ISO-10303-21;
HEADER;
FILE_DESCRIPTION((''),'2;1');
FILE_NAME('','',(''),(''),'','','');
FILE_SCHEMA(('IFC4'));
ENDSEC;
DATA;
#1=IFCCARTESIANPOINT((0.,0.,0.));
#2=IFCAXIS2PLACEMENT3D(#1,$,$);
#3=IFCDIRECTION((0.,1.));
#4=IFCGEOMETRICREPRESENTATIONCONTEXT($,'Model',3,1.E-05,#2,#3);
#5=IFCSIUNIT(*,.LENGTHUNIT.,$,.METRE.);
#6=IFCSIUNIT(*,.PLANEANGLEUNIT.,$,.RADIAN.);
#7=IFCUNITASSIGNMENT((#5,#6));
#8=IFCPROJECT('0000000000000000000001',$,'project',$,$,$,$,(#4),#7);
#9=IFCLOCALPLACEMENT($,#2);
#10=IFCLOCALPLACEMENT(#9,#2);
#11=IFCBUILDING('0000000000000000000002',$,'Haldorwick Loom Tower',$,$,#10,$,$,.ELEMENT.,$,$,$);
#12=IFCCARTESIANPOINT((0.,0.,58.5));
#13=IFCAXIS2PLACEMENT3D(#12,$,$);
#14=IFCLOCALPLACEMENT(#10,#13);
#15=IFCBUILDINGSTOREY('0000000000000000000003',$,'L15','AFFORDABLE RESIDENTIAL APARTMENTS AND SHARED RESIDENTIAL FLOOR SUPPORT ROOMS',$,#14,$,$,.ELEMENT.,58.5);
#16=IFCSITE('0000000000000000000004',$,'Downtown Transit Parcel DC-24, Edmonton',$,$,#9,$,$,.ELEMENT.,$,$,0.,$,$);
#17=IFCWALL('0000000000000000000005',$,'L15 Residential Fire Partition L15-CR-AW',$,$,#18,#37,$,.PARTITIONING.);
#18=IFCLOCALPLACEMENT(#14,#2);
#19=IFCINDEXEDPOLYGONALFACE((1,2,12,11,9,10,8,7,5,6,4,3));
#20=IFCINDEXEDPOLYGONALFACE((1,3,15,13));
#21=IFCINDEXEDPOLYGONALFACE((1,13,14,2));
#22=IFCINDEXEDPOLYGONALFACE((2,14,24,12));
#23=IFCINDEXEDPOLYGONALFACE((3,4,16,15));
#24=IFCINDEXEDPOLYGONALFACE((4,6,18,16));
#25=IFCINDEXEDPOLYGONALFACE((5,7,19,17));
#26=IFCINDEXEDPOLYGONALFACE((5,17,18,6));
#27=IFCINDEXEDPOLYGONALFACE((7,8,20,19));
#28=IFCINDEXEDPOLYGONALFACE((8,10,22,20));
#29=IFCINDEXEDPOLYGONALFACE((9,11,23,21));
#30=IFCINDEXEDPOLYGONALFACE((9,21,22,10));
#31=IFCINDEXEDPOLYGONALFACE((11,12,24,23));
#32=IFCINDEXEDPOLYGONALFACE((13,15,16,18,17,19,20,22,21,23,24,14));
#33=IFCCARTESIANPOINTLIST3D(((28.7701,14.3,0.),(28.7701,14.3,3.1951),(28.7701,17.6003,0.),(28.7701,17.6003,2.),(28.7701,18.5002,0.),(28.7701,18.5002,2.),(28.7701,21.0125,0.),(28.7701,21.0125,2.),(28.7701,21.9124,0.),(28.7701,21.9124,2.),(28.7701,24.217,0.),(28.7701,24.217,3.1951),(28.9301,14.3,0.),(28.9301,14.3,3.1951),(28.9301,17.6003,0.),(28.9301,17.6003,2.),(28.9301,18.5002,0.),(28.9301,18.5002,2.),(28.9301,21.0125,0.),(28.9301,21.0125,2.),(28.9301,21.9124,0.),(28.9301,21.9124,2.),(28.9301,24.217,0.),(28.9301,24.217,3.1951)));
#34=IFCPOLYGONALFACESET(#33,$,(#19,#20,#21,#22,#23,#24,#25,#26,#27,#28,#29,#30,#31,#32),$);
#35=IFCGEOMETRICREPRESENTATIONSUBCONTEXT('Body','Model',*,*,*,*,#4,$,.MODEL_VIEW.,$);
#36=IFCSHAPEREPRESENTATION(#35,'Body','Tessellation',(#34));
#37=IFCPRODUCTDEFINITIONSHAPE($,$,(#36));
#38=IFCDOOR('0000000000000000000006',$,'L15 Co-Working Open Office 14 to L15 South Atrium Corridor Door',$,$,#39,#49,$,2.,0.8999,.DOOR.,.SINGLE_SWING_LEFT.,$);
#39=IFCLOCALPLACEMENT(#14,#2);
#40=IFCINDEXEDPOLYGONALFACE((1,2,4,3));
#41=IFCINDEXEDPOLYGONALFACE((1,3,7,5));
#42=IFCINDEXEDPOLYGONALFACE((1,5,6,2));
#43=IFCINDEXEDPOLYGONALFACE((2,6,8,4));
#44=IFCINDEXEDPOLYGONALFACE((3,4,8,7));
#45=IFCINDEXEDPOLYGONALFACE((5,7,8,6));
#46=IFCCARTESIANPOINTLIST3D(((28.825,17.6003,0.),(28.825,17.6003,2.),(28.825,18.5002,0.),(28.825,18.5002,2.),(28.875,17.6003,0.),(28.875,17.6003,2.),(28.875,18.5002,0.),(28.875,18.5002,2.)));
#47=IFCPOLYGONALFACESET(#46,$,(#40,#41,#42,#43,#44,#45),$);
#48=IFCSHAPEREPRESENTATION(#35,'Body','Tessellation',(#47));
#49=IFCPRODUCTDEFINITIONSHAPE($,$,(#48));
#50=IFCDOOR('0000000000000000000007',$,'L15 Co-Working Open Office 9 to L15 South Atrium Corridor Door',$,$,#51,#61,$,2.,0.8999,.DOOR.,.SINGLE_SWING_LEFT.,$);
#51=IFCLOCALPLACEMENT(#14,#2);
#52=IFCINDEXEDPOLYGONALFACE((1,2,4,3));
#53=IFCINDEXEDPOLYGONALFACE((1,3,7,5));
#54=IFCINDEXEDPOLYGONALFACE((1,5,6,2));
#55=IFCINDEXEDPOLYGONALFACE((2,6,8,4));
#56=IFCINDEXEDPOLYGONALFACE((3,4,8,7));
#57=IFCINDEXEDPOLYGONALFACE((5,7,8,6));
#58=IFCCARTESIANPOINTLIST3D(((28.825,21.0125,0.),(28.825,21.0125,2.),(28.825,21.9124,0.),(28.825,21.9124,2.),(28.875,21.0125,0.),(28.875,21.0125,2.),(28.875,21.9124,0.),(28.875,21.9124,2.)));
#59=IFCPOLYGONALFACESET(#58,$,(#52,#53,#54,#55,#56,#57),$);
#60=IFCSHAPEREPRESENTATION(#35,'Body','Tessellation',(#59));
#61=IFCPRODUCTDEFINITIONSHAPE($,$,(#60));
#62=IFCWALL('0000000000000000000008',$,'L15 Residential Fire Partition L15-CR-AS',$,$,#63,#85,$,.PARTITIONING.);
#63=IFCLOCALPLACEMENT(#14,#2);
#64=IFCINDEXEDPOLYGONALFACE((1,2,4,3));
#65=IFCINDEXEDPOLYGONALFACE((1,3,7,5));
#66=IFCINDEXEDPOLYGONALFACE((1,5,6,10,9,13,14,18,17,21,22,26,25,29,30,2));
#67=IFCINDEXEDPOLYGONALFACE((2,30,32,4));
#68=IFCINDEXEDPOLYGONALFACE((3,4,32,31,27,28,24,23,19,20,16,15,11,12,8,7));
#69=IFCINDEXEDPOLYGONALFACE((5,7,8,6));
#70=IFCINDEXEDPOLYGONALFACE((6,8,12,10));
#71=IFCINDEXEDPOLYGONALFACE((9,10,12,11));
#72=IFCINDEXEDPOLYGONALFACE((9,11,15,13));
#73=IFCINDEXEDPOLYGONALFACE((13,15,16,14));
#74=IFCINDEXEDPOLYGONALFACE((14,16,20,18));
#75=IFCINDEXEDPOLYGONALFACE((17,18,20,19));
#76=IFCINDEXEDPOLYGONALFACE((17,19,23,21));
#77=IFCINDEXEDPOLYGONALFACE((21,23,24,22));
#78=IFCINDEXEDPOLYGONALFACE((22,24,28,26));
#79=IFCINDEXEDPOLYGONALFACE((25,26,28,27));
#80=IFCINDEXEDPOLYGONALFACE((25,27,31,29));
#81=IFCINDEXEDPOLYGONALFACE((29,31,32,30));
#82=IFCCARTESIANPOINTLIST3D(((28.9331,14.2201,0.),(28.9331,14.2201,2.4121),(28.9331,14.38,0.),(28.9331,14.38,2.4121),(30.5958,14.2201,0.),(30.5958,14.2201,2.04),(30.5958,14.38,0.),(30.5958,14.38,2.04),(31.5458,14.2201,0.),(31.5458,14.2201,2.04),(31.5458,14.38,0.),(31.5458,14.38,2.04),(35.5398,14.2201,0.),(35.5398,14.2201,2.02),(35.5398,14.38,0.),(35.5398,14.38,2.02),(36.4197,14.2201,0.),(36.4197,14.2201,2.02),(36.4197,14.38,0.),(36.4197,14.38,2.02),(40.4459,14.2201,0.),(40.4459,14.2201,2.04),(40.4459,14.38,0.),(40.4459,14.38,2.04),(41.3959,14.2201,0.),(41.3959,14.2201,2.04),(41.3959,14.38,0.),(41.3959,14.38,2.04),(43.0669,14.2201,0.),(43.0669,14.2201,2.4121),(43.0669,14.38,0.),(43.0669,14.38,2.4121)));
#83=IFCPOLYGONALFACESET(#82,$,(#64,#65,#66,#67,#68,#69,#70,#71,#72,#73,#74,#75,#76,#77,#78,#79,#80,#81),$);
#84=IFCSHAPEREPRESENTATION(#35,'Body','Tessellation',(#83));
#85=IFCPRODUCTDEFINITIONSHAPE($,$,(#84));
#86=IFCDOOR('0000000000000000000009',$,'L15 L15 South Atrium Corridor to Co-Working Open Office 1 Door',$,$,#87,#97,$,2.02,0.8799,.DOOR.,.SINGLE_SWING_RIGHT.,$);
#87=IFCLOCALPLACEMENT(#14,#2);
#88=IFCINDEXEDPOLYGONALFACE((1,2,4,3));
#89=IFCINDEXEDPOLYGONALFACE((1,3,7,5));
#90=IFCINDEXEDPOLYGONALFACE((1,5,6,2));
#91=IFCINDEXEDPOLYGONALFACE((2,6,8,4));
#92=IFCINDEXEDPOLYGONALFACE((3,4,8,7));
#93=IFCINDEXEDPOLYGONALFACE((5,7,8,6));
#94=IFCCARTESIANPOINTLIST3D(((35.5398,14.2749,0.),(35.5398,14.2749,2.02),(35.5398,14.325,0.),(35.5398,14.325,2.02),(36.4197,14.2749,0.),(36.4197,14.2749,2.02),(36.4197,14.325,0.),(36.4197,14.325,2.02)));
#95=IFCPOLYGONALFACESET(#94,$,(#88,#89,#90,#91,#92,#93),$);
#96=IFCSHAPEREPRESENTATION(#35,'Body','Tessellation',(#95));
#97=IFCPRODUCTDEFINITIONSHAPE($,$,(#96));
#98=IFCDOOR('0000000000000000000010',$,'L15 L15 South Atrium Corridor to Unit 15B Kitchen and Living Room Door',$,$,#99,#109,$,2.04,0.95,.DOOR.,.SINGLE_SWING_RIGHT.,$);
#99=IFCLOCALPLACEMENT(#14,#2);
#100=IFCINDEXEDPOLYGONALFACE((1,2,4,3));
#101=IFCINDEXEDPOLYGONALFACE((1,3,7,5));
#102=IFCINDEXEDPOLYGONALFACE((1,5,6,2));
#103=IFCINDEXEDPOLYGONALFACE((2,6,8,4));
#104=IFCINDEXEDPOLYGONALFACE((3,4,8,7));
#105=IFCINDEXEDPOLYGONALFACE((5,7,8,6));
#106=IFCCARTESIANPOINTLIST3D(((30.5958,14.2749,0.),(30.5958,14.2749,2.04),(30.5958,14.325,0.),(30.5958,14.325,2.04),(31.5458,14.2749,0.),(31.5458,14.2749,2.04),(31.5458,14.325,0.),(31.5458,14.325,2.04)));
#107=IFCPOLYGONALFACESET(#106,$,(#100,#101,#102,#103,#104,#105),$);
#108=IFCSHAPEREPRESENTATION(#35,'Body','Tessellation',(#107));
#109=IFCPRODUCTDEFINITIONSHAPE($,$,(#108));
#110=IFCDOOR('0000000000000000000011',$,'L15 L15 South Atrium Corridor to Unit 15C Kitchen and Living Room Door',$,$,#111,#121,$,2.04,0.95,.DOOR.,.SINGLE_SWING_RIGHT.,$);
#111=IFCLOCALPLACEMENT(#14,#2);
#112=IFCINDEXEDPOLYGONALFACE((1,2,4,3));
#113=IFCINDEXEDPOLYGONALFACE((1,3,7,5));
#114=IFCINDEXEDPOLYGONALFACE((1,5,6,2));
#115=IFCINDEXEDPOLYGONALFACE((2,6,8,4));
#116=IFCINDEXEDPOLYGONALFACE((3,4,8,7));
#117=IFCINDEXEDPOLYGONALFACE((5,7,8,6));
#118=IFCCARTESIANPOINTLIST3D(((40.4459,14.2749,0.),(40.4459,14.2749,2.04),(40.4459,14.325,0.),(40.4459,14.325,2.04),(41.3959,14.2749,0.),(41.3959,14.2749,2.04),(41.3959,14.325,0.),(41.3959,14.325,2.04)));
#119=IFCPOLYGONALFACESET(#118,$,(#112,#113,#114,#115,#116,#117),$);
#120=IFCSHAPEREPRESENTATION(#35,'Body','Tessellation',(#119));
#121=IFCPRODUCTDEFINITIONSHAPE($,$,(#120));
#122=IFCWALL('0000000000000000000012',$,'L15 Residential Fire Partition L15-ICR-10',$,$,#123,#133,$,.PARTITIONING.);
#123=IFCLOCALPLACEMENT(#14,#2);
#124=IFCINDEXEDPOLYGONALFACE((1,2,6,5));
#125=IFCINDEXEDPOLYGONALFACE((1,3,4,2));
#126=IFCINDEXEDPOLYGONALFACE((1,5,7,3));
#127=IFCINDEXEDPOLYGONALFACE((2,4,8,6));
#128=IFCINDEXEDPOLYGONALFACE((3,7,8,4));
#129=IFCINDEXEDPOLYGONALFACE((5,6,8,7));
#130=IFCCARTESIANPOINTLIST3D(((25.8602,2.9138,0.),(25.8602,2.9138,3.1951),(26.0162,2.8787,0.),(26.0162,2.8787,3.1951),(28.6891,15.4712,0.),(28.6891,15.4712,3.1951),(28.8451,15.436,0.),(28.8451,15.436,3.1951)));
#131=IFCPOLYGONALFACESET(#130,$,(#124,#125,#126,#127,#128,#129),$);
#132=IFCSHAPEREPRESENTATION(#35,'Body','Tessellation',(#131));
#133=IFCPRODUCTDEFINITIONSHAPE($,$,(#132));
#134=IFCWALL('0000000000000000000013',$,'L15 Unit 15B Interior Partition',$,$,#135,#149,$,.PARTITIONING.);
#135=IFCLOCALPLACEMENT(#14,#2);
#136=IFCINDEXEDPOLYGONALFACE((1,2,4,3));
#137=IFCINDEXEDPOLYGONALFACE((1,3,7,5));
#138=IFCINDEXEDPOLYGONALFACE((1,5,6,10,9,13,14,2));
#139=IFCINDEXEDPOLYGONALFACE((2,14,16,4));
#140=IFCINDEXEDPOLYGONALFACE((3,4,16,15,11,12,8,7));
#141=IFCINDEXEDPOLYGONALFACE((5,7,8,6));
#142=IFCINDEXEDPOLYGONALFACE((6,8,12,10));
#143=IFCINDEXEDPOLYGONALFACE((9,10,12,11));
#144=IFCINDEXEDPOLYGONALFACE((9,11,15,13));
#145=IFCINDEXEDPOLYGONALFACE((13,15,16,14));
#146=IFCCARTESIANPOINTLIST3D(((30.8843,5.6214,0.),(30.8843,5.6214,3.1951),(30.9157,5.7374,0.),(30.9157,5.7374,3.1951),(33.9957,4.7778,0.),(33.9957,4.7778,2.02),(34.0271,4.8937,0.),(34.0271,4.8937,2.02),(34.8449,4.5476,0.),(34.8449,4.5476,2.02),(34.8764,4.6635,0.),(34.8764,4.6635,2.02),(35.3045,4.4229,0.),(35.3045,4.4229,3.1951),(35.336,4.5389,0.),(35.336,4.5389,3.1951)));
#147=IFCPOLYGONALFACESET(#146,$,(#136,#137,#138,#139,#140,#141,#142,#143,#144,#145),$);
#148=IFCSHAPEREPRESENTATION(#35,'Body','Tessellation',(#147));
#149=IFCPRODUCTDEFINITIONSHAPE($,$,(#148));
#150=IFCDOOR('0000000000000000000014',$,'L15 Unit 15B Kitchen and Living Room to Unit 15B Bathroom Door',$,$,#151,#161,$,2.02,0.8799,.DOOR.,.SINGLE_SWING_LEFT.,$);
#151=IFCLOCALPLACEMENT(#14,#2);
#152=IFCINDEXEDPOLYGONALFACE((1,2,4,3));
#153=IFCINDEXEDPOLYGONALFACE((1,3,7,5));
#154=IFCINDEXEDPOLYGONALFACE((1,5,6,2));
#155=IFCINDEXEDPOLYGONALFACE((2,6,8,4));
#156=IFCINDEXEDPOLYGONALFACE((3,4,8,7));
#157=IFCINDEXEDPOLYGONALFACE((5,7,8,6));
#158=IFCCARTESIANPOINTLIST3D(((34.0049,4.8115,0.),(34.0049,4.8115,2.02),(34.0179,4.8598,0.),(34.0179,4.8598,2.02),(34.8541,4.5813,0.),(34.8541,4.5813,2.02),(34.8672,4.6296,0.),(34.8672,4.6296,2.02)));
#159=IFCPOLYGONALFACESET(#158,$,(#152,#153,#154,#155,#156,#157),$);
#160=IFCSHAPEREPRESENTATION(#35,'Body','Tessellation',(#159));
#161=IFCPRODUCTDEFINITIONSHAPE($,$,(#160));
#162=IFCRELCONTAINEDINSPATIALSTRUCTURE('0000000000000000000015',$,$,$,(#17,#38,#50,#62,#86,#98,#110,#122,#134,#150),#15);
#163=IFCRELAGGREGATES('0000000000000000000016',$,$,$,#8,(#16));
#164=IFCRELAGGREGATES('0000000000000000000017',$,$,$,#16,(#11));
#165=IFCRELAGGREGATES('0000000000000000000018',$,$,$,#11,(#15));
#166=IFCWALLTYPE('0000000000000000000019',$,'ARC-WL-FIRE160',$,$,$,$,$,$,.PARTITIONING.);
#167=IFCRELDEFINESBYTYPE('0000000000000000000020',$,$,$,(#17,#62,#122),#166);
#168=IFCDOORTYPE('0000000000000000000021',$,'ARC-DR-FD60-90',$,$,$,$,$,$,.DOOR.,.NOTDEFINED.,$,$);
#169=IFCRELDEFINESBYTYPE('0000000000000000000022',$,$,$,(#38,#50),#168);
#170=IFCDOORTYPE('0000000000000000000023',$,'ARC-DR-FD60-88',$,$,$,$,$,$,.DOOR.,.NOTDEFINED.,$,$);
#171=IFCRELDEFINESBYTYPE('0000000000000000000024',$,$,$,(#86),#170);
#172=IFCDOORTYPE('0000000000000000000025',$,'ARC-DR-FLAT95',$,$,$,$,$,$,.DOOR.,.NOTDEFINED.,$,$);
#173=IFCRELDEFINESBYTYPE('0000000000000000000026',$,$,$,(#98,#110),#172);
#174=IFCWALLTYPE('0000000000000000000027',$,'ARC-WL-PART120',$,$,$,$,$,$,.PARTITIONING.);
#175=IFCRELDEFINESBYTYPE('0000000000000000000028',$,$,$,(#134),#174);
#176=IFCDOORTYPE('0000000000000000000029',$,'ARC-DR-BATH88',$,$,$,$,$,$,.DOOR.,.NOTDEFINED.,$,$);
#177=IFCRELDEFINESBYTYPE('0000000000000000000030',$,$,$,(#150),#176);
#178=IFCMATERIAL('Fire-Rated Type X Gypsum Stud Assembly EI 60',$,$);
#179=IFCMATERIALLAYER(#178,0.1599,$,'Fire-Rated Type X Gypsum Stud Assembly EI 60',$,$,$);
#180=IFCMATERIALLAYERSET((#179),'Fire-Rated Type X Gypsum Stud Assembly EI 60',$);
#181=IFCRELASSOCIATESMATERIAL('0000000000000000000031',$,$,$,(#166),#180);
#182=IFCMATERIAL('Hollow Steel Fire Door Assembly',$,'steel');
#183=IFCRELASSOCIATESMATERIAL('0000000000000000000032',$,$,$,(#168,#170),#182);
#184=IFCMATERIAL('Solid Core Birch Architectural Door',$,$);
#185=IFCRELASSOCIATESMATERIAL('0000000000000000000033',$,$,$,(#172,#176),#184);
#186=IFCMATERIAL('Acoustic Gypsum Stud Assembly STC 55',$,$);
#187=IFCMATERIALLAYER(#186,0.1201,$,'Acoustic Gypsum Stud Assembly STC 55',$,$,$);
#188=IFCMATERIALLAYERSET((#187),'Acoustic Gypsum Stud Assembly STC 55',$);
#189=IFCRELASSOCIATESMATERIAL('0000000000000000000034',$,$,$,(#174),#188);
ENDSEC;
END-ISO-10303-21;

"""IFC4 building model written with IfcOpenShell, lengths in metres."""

from ifc_helpers import new_model, si_unit, direction, frame, frame_2d, origin, place, context, subcontext, project, spatial, rectangle, extrude, material, layer, layer_set, type_object, element, fill, save


model = new_model("IFC4")

# Units and contexts
model_context = context("Model", 3, precision=1e-05, world=origin(), true_north=direction((0.0, 1.0)))
body_context = subcontext(model_context, "Body", "Model", "MODEL_VIEW")
ifc_project = project(units=[si_unit("LENGTHUNIT", "METRE"), si_unit("PLANEANGLEUNIT", "RADIAN")], contexts=[model_context])

# Site, building, storey
site_placement = place(None, origin())
site = spatial("IfcSite", under=ifc_project, at=site_placement, Name="Downtown Transit Parcel DC-24, Edmonton", CompositionType="ELEMENT", RefElevation=0.0)
building_placement = place(site_placement, origin())
building = spatial("IfcBuilding", under=site, at=building_placement, Name="Haldorwick Loom Tower", CompositionType="ELEMENT")
storey_placement = place(building_placement, frame((0.0, 0.0, 58.5)))
storey = spatial("IfcBuildingStorey", under=building, at=storey_placement, Name="L15", Description="AFFORDABLE RESIDENTIAL APARTMENTS AND SHARED RESIDENTIAL FLOOR SUPPORT ROOMS", CompositionType="ELEMENT", Elevation=58.5)

# Walls, openings, doors
ifc_material_1 = material(Name="Fire-Rated Type X Gypsum Stud Assembly EI 60")
ifc_layer_1 = layer(ifc_material_1, 0.1599, Name="Fire-Rated Type X Gypsum Stud Assembly EI 60")
ifc_layer_set_1 = layer_set([ifc_layer_1], Name="Fire-Rated Type X Gypsum Stud Assembly EI 60")
wall_type_1 = type_object("IfcWallType", Name="ARC-WL-FIRE160", PredefinedType="PARTITIONING", material=ifc_layer_set_1)
wall_1_placement = place(storey_placement, frame((28.8501, 14.3, 0.0), z_axis=(0.0, 0.0, 1.0), x_axis=(0.0, 1.0, 0.0)))
wall_1 = element("IfcWall", 1, at=wall_1_placement, inside=storey, type_object=wall_type_1, Name="L15 Residential Fire Partition L15-CR-AW", PredefinedType="PARTITIONING", context=body_context, shape_type="SweptSolid", body=[
    extrude(rectangle(XDim=9.917, YDim=0.1599, at=frame_2d((4.9585, 0.0))), origin(), (0.0, 0.0, 1.0), 3.1951),
])
opening_1_placement = place(wall_1_placement, frame((3.3003, 0.0, 0.0)))
opening_1 = element("IfcOpeningElement", 2, at=opening_1_placement, cuts=wall_1, PredefinedType="OPENING", context=body_context, shape_type="SweptSolid", body=[
    extrude(rectangle(XDim=0.8999, YDim=2.0, at=frame_2d((0.45, 1.0))), frame((0.0, 0.0898, 0.0), z_axis=(0.0, -1.0, 0.0), x_axis=(1.0, 0.0, 0.0)), (0.0, 0.0, 1.0), 0.1799),
])
opening_2_placement = place(wall_1_placement, frame((6.7124, 0.0, 0.0)))
opening_2 = element("IfcOpeningElement", 3, at=opening_2_placement, cuts=wall_1, PredefinedType="OPENING", context=body_context, shape_type="SweptSolid", body=[
    extrude(rectangle(XDim=0.8999, YDim=2.0, at=frame_2d((0.45, 1.0))), frame((0.0, 0.0898, 0.0), z_axis=(0.0, -1.0, 0.0), x_axis=(1.0, 0.0, 0.0)), (0.0, 0.0, 1.0), 0.1799),
])
ifc_material_2 = material(Name="Hollow Steel Fire Door Assembly", Category="steel")
door_type_1 = type_object("IfcDoorType", Name="ARC-DR-FD60-90", OperationType="NOTDEFINED", PredefinedType="DOOR", material=ifc_material_2)
door_1_placement = place(opening_1_placement, frame((0.8999, 0.0, 0.0), z_axis=(0.0, 0.0, 1.0), x_axis=(-1.0, 0.0, 0.0)))
door_1 = element("IfcDoor", 4, at=door_1_placement, inside=storey, type_object=door_type_1, Name="L15 Co-Working Open Office 14 to L15 South Atrium Corridor Door", OperationType="SINGLE_SWING_LEFT", OverallHeight=2.0, OverallWidth=0.8999, PredefinedType="DOOR", context=body_context, shape_type="SweptSolid", body=[
    extrude(rectangle(XDim=0.8999, YDim=2.0, at=frame_2d((0.45, 1.0))), frame((0.0, 0.0249, 0.0), z_axis=(0.0, -1.0, 0.0), x_axis=(1.0, 0.0, 0.0)), (0.0, 0.0, 1.0), 0.05),
])
fill(opening_1, door_1)
door_2_placement = place(opening_2_placement, frame((0.8999, 0.0, 0.0), z_axis=(0.0, 0.0, 1.0), x_axis=(-1.0, 0.0, 0.0)))
door_2 = element("IfcDoor", 5, at=door_2_placement, inside=storey, type_object=door_type_1, Name="L15 Co-Working Open Office 9 to L15 South Atrium Corridor Door", OperationType="SINGLE_SWING_LEFT", OverallHeight=2.0, OverallWidth=0.8999, PredefinedType="DOOR", context=body_context, shape_type="SweptSolid", body=[
    extrude(rectangle(XDim=0.8999, YDim=2.0, at=frame_2d((0.45, 1.0))), frame((0.0, 0.0249, 0.0), z_axis=(0.0, -1.0, 0.0), x_axis=(1.0, 0.0, 0.0)), (0.0, 0.0, 1.0), 0.05),
])
fill(opening_2, door_2)
wall_2_placement = place(storey_placement, frame((28.9331, 14.3, 0.0), z_axis=(0.0, 0.0, 1.0), x_axis=(1.0, 0.0, 0.0)))
wall_2 = element("IfcWall", 6, at=wall_2_placement, inside=storey, type_object=wall_type_1, Name="L15 Residential Fire Partition L15-CR-AS", PredefinedType="PARTITIONING", context=body_context, shape_type="SweptSolid", body=[
    extrude(rectangle(XDim=14.1338, YDim=0.1599, at=frame_2d((7.0669, 0.0))), origin(), (0.0, 0.0, 1.0), 2.4121),
])
opening_3_placement = place(wall_2_placement, frame((6.6067, 0.0, 0.0)))
opening_3 = element("IfcOpeningElement", 7, at=opening_3_placement, cuts=wall_2, PredefinedType="OPENING", context=body_context, shape_type="SweptSolid", body=[
    extrude(rectangle(XDim=0.8799, YDim=2.02, at=frame_2d((0.4399, 1.01))), frame((0.0, 0.0898, 0.0), z_axis=(0.0, -1.0, 0.0), x_axis=(1.0, 0.0, 0.0)), (0.0, 0.0, 1.0), 0.1799),
])
opening_4_placement = place(wall_2_placement, frame((1.6626, 0.0, 0.0)))
opening_4 = element("IfcOpeningElement", 8, at=opening_4_placement, cuts=wall_2, PredefinedType="OPENING", context=body_context, shape_type="SweptSolid", body=[
    extrude(rectangle(XDim=0.95, YDim=2.04, at=frame_2d((0.4751, 1.02))), frame((0.0, 0.0898, 0.0), z_axis=(0.0, -1.0, 0.0), x_axis=(1.0, 0.0, 0.0)), (0.0, 0.0, 1.0), 0.1799),
])
opening_5_placement = place(wall_2_placement, frame((11.5127, 0.0, 0.0)))
opening_5 = element("IfcOpeningElement", 9, at=opening_5_placement, cuts=wall_2, PredefinedType="OPENING", context=body_context, shape_type="SweptSolid", body=[
    extrude(rectangle(XDim=0.95, YDim=2.04, at=frame_2d((0.4751, 1.02))), frame((0.0, 0.0898, 0.0), z_axis=(0.0, -1.0, 0.0), x_axis=(1.0, 0.0, 0.0)), (0.0, 0.0, 1.0), 0.1799),
])
door_type_2 = type_object("IfcDoorType", Name="ARC-DR-FD60-88", OperationType="NOTDEFINED", PredefinedType="DOOR", material=ifc_material_2)
door_3_placement = place(opening_3_placement, origin())
door_3 = element("IfcDoor", 10, at=door_3_placement, inside=storey, type_object=door_type_2, Name="L15 L15 South Atrium Corridor to Co-Working Open Office 1 Door", OperationType="SINGLE_SWING_RIGHT", OverallHeight=2.02, OverallWidth=0.8799, PredefinedType="DOOR", context=body_context, shape_type="SweptSolid", body=[
    extrude(rectangle(XDim=0.8799, YDim=2.02, at=frame_2d((0.4399, 1.01))), frame((0.0, 0.0249, 0.0), z_axis=(0.0, -1.0, 0.0), x_axis=(1.0, 0.0, 0.0)), (0.0, 0.0, 1.0), 0.05),
])
fill(opening_3, door_3)
ifc_material_3 = material(Name="Solid Core Birch Architectural Door")
door_type_3 = type_object("IfcDoorType", Name="ARC-DR-FLAT95", OperationType="NOTDEFINED", PredefinedType="DOOR", material=ifc_material_3)
door_4_placement = place(opening_4_placement, origin())
door_4 = element("IfcDoor", 11, at=door_4_placement, inside=storey, type_object=door_type_3, Name="L15 L15 South Atrium Corridor to Unit 15B Kitchen and Living Room Door", OperationType="SINGLE_SWING_RIGHT", OverallHeight=2.04, OverallWidth=0.95, PredefinedType="DOOR", context=body_context, shape_type="SweptSolid", body=[
    extrude(rectangle(XDim=0.95, YDim=2.04, at=frame_2d((0.4751, 1.02))), frame((0.0, 0.0249, 0.0), z_axis=(0.0, -1.0, 0.0), x_axis=(1.0, 0.0, 0.0)), (0.0, 0.0, 1.0), 0.05),
])
fill(opening_4, door_4)
door_5_placement = place(opening_5_placement, origin())
door_5 = element("IfcDoor", 12, at=door_5_placement, inside=storey, type_object=door_type_3, Name="L15 L15 South Atrium Corridor to Unit 15C Kitchen and Living Room Door", OperationType="SINGLE_SWING_RIGHT", OverallHeight=2.04, OverallWidth=0.95, PredefinedType="DOOR", context=body_context, shape_type="SweptSolid", body=[
    extrude(rectangle(XDim=0.95, YDim=2.04, at=frame_2d((0.4751, 1.02))), frame((0.0, 0.0249, 0.0), z_axis=(0.0, -1.0, 0.0), x_axis=(1.0, 0.0, 0.0)), (0.0, 0.0, 1.0), 0.05),
])
fill(opening_5, door_5)

# Wall
wall_3_placement = place(storey_placement, frame((28.7671, 15.4536, 0.0), z_axis=(0.0, 0.0, 1.0), x_axis=(-0.219767, -0.975552, 0.0)))
element("IfcWall", 13, at=wall_3_placement, inside=storey, type_object=wall_type_1, Name="L15 Residential Fire Partition L15-ICR-10", PredefinedType="PARTITIONING", context=body_context, shape_type="SweptSolid", body=[
    extrude(rectangle(XDim=12.8721, YDim=0.1599, at=frame_2d((6.436, 0.0))), origin(), (0.0, 0.0, 1.0), 3.1951),
])

# Wall, opening, door
ifc_material_4 = material(Name="Acoustic Gypsum Stud Assembly STC 55")
ifc_layer_2 = layer(ifc_material_4, 0.1201, Name="Acoustic Gypsum Stud Assembly STC 55")
ifc_layer_set_2 = layer_set([ifc_layer_2], Name="Acoustic Gypsum Stud Assembly STC 55")
wall_type_2 = type_object("IfcWallType", Name="ARC-WL-PART120", PredefinedType="PARTITIONING", material=ifc_layer_set_2)
wall_4_placement = place(storey_placement, frame((30.8999, 5.6794, 0.0), z_axis=(0.0, 0.0, 1.0), x_axis=(0.965152, -0.261692, 0.0)))
wall_4 = element("IfcWall", 14, at=wall_4_placement, inside=storey, type_object=wall_type_2, Name="L15 Unit 15B Interior Partition", PredefinedType="PARTITIONING", context=body_context, shape_type="SweptSolid", body=[
    extrude(rectangle(XDim=4.5798, YDim=0.1201, at=frame_2d((2.29, 0.0))), origin(), (0.0, 0.0, 1.0), 3.1951),
])
opening_6_placement = place(wall_4_placement, frame((3.2239, 0.0, 0.0)))
opening_6 = element("IfcOpeningElement", 15, at=opening_6_placement, cuts=wall_4, PredefinedType="OPENING", context=body_context, shape_type="SweptSolid", body=[
    extrude(rectangle(XDim=0.8799, YDim=2.02, at=frame_2d((0.4399, 1.01))), frame((0.0, 0.0701, 0.0), z_axis=(0.0, -1.0, 0.0), x_axis=(1.0, 0.0, 0.0)), (0.0, 0.0, 1.0), 0.1401),
])
door_type_4 = type_object("IfcDoorType", Name="ARC-DR-BATH88", OperationType="NOTDEFINED", PredefinedType="DOOR", material=ifc_material_3)
door_6_placement = place(opening_6_placement, origin())
door_6 = element("IfcDoor", 16, at=door_6_placement, inside=storey, type_object=door_type_4, Name="L15 Unit 15B Kitchen and Living Room to Unit 15B Bathroom Door", OperationType="SINGLE_SWING_LEFT", OverallHeight=2.02, OverallWidth=0.8799, PredefinedType="DOOR", context=body_context, shape_type="SweptSolid", body=[
    extrude(rectangle(XDim=0.8799, YDim=2.02, at=frame_2d((0.4399, 1.01))), frame((0.0, 0.0249, 0.0), z_axis=(0.0, -1.0, 0.0), x_axis=(1.0, 0.0, 0.0)), (0.0, 0.0, 1.0), 0.05),
])
fill(opening_6, door_6)

save(model, "model.ifc")
